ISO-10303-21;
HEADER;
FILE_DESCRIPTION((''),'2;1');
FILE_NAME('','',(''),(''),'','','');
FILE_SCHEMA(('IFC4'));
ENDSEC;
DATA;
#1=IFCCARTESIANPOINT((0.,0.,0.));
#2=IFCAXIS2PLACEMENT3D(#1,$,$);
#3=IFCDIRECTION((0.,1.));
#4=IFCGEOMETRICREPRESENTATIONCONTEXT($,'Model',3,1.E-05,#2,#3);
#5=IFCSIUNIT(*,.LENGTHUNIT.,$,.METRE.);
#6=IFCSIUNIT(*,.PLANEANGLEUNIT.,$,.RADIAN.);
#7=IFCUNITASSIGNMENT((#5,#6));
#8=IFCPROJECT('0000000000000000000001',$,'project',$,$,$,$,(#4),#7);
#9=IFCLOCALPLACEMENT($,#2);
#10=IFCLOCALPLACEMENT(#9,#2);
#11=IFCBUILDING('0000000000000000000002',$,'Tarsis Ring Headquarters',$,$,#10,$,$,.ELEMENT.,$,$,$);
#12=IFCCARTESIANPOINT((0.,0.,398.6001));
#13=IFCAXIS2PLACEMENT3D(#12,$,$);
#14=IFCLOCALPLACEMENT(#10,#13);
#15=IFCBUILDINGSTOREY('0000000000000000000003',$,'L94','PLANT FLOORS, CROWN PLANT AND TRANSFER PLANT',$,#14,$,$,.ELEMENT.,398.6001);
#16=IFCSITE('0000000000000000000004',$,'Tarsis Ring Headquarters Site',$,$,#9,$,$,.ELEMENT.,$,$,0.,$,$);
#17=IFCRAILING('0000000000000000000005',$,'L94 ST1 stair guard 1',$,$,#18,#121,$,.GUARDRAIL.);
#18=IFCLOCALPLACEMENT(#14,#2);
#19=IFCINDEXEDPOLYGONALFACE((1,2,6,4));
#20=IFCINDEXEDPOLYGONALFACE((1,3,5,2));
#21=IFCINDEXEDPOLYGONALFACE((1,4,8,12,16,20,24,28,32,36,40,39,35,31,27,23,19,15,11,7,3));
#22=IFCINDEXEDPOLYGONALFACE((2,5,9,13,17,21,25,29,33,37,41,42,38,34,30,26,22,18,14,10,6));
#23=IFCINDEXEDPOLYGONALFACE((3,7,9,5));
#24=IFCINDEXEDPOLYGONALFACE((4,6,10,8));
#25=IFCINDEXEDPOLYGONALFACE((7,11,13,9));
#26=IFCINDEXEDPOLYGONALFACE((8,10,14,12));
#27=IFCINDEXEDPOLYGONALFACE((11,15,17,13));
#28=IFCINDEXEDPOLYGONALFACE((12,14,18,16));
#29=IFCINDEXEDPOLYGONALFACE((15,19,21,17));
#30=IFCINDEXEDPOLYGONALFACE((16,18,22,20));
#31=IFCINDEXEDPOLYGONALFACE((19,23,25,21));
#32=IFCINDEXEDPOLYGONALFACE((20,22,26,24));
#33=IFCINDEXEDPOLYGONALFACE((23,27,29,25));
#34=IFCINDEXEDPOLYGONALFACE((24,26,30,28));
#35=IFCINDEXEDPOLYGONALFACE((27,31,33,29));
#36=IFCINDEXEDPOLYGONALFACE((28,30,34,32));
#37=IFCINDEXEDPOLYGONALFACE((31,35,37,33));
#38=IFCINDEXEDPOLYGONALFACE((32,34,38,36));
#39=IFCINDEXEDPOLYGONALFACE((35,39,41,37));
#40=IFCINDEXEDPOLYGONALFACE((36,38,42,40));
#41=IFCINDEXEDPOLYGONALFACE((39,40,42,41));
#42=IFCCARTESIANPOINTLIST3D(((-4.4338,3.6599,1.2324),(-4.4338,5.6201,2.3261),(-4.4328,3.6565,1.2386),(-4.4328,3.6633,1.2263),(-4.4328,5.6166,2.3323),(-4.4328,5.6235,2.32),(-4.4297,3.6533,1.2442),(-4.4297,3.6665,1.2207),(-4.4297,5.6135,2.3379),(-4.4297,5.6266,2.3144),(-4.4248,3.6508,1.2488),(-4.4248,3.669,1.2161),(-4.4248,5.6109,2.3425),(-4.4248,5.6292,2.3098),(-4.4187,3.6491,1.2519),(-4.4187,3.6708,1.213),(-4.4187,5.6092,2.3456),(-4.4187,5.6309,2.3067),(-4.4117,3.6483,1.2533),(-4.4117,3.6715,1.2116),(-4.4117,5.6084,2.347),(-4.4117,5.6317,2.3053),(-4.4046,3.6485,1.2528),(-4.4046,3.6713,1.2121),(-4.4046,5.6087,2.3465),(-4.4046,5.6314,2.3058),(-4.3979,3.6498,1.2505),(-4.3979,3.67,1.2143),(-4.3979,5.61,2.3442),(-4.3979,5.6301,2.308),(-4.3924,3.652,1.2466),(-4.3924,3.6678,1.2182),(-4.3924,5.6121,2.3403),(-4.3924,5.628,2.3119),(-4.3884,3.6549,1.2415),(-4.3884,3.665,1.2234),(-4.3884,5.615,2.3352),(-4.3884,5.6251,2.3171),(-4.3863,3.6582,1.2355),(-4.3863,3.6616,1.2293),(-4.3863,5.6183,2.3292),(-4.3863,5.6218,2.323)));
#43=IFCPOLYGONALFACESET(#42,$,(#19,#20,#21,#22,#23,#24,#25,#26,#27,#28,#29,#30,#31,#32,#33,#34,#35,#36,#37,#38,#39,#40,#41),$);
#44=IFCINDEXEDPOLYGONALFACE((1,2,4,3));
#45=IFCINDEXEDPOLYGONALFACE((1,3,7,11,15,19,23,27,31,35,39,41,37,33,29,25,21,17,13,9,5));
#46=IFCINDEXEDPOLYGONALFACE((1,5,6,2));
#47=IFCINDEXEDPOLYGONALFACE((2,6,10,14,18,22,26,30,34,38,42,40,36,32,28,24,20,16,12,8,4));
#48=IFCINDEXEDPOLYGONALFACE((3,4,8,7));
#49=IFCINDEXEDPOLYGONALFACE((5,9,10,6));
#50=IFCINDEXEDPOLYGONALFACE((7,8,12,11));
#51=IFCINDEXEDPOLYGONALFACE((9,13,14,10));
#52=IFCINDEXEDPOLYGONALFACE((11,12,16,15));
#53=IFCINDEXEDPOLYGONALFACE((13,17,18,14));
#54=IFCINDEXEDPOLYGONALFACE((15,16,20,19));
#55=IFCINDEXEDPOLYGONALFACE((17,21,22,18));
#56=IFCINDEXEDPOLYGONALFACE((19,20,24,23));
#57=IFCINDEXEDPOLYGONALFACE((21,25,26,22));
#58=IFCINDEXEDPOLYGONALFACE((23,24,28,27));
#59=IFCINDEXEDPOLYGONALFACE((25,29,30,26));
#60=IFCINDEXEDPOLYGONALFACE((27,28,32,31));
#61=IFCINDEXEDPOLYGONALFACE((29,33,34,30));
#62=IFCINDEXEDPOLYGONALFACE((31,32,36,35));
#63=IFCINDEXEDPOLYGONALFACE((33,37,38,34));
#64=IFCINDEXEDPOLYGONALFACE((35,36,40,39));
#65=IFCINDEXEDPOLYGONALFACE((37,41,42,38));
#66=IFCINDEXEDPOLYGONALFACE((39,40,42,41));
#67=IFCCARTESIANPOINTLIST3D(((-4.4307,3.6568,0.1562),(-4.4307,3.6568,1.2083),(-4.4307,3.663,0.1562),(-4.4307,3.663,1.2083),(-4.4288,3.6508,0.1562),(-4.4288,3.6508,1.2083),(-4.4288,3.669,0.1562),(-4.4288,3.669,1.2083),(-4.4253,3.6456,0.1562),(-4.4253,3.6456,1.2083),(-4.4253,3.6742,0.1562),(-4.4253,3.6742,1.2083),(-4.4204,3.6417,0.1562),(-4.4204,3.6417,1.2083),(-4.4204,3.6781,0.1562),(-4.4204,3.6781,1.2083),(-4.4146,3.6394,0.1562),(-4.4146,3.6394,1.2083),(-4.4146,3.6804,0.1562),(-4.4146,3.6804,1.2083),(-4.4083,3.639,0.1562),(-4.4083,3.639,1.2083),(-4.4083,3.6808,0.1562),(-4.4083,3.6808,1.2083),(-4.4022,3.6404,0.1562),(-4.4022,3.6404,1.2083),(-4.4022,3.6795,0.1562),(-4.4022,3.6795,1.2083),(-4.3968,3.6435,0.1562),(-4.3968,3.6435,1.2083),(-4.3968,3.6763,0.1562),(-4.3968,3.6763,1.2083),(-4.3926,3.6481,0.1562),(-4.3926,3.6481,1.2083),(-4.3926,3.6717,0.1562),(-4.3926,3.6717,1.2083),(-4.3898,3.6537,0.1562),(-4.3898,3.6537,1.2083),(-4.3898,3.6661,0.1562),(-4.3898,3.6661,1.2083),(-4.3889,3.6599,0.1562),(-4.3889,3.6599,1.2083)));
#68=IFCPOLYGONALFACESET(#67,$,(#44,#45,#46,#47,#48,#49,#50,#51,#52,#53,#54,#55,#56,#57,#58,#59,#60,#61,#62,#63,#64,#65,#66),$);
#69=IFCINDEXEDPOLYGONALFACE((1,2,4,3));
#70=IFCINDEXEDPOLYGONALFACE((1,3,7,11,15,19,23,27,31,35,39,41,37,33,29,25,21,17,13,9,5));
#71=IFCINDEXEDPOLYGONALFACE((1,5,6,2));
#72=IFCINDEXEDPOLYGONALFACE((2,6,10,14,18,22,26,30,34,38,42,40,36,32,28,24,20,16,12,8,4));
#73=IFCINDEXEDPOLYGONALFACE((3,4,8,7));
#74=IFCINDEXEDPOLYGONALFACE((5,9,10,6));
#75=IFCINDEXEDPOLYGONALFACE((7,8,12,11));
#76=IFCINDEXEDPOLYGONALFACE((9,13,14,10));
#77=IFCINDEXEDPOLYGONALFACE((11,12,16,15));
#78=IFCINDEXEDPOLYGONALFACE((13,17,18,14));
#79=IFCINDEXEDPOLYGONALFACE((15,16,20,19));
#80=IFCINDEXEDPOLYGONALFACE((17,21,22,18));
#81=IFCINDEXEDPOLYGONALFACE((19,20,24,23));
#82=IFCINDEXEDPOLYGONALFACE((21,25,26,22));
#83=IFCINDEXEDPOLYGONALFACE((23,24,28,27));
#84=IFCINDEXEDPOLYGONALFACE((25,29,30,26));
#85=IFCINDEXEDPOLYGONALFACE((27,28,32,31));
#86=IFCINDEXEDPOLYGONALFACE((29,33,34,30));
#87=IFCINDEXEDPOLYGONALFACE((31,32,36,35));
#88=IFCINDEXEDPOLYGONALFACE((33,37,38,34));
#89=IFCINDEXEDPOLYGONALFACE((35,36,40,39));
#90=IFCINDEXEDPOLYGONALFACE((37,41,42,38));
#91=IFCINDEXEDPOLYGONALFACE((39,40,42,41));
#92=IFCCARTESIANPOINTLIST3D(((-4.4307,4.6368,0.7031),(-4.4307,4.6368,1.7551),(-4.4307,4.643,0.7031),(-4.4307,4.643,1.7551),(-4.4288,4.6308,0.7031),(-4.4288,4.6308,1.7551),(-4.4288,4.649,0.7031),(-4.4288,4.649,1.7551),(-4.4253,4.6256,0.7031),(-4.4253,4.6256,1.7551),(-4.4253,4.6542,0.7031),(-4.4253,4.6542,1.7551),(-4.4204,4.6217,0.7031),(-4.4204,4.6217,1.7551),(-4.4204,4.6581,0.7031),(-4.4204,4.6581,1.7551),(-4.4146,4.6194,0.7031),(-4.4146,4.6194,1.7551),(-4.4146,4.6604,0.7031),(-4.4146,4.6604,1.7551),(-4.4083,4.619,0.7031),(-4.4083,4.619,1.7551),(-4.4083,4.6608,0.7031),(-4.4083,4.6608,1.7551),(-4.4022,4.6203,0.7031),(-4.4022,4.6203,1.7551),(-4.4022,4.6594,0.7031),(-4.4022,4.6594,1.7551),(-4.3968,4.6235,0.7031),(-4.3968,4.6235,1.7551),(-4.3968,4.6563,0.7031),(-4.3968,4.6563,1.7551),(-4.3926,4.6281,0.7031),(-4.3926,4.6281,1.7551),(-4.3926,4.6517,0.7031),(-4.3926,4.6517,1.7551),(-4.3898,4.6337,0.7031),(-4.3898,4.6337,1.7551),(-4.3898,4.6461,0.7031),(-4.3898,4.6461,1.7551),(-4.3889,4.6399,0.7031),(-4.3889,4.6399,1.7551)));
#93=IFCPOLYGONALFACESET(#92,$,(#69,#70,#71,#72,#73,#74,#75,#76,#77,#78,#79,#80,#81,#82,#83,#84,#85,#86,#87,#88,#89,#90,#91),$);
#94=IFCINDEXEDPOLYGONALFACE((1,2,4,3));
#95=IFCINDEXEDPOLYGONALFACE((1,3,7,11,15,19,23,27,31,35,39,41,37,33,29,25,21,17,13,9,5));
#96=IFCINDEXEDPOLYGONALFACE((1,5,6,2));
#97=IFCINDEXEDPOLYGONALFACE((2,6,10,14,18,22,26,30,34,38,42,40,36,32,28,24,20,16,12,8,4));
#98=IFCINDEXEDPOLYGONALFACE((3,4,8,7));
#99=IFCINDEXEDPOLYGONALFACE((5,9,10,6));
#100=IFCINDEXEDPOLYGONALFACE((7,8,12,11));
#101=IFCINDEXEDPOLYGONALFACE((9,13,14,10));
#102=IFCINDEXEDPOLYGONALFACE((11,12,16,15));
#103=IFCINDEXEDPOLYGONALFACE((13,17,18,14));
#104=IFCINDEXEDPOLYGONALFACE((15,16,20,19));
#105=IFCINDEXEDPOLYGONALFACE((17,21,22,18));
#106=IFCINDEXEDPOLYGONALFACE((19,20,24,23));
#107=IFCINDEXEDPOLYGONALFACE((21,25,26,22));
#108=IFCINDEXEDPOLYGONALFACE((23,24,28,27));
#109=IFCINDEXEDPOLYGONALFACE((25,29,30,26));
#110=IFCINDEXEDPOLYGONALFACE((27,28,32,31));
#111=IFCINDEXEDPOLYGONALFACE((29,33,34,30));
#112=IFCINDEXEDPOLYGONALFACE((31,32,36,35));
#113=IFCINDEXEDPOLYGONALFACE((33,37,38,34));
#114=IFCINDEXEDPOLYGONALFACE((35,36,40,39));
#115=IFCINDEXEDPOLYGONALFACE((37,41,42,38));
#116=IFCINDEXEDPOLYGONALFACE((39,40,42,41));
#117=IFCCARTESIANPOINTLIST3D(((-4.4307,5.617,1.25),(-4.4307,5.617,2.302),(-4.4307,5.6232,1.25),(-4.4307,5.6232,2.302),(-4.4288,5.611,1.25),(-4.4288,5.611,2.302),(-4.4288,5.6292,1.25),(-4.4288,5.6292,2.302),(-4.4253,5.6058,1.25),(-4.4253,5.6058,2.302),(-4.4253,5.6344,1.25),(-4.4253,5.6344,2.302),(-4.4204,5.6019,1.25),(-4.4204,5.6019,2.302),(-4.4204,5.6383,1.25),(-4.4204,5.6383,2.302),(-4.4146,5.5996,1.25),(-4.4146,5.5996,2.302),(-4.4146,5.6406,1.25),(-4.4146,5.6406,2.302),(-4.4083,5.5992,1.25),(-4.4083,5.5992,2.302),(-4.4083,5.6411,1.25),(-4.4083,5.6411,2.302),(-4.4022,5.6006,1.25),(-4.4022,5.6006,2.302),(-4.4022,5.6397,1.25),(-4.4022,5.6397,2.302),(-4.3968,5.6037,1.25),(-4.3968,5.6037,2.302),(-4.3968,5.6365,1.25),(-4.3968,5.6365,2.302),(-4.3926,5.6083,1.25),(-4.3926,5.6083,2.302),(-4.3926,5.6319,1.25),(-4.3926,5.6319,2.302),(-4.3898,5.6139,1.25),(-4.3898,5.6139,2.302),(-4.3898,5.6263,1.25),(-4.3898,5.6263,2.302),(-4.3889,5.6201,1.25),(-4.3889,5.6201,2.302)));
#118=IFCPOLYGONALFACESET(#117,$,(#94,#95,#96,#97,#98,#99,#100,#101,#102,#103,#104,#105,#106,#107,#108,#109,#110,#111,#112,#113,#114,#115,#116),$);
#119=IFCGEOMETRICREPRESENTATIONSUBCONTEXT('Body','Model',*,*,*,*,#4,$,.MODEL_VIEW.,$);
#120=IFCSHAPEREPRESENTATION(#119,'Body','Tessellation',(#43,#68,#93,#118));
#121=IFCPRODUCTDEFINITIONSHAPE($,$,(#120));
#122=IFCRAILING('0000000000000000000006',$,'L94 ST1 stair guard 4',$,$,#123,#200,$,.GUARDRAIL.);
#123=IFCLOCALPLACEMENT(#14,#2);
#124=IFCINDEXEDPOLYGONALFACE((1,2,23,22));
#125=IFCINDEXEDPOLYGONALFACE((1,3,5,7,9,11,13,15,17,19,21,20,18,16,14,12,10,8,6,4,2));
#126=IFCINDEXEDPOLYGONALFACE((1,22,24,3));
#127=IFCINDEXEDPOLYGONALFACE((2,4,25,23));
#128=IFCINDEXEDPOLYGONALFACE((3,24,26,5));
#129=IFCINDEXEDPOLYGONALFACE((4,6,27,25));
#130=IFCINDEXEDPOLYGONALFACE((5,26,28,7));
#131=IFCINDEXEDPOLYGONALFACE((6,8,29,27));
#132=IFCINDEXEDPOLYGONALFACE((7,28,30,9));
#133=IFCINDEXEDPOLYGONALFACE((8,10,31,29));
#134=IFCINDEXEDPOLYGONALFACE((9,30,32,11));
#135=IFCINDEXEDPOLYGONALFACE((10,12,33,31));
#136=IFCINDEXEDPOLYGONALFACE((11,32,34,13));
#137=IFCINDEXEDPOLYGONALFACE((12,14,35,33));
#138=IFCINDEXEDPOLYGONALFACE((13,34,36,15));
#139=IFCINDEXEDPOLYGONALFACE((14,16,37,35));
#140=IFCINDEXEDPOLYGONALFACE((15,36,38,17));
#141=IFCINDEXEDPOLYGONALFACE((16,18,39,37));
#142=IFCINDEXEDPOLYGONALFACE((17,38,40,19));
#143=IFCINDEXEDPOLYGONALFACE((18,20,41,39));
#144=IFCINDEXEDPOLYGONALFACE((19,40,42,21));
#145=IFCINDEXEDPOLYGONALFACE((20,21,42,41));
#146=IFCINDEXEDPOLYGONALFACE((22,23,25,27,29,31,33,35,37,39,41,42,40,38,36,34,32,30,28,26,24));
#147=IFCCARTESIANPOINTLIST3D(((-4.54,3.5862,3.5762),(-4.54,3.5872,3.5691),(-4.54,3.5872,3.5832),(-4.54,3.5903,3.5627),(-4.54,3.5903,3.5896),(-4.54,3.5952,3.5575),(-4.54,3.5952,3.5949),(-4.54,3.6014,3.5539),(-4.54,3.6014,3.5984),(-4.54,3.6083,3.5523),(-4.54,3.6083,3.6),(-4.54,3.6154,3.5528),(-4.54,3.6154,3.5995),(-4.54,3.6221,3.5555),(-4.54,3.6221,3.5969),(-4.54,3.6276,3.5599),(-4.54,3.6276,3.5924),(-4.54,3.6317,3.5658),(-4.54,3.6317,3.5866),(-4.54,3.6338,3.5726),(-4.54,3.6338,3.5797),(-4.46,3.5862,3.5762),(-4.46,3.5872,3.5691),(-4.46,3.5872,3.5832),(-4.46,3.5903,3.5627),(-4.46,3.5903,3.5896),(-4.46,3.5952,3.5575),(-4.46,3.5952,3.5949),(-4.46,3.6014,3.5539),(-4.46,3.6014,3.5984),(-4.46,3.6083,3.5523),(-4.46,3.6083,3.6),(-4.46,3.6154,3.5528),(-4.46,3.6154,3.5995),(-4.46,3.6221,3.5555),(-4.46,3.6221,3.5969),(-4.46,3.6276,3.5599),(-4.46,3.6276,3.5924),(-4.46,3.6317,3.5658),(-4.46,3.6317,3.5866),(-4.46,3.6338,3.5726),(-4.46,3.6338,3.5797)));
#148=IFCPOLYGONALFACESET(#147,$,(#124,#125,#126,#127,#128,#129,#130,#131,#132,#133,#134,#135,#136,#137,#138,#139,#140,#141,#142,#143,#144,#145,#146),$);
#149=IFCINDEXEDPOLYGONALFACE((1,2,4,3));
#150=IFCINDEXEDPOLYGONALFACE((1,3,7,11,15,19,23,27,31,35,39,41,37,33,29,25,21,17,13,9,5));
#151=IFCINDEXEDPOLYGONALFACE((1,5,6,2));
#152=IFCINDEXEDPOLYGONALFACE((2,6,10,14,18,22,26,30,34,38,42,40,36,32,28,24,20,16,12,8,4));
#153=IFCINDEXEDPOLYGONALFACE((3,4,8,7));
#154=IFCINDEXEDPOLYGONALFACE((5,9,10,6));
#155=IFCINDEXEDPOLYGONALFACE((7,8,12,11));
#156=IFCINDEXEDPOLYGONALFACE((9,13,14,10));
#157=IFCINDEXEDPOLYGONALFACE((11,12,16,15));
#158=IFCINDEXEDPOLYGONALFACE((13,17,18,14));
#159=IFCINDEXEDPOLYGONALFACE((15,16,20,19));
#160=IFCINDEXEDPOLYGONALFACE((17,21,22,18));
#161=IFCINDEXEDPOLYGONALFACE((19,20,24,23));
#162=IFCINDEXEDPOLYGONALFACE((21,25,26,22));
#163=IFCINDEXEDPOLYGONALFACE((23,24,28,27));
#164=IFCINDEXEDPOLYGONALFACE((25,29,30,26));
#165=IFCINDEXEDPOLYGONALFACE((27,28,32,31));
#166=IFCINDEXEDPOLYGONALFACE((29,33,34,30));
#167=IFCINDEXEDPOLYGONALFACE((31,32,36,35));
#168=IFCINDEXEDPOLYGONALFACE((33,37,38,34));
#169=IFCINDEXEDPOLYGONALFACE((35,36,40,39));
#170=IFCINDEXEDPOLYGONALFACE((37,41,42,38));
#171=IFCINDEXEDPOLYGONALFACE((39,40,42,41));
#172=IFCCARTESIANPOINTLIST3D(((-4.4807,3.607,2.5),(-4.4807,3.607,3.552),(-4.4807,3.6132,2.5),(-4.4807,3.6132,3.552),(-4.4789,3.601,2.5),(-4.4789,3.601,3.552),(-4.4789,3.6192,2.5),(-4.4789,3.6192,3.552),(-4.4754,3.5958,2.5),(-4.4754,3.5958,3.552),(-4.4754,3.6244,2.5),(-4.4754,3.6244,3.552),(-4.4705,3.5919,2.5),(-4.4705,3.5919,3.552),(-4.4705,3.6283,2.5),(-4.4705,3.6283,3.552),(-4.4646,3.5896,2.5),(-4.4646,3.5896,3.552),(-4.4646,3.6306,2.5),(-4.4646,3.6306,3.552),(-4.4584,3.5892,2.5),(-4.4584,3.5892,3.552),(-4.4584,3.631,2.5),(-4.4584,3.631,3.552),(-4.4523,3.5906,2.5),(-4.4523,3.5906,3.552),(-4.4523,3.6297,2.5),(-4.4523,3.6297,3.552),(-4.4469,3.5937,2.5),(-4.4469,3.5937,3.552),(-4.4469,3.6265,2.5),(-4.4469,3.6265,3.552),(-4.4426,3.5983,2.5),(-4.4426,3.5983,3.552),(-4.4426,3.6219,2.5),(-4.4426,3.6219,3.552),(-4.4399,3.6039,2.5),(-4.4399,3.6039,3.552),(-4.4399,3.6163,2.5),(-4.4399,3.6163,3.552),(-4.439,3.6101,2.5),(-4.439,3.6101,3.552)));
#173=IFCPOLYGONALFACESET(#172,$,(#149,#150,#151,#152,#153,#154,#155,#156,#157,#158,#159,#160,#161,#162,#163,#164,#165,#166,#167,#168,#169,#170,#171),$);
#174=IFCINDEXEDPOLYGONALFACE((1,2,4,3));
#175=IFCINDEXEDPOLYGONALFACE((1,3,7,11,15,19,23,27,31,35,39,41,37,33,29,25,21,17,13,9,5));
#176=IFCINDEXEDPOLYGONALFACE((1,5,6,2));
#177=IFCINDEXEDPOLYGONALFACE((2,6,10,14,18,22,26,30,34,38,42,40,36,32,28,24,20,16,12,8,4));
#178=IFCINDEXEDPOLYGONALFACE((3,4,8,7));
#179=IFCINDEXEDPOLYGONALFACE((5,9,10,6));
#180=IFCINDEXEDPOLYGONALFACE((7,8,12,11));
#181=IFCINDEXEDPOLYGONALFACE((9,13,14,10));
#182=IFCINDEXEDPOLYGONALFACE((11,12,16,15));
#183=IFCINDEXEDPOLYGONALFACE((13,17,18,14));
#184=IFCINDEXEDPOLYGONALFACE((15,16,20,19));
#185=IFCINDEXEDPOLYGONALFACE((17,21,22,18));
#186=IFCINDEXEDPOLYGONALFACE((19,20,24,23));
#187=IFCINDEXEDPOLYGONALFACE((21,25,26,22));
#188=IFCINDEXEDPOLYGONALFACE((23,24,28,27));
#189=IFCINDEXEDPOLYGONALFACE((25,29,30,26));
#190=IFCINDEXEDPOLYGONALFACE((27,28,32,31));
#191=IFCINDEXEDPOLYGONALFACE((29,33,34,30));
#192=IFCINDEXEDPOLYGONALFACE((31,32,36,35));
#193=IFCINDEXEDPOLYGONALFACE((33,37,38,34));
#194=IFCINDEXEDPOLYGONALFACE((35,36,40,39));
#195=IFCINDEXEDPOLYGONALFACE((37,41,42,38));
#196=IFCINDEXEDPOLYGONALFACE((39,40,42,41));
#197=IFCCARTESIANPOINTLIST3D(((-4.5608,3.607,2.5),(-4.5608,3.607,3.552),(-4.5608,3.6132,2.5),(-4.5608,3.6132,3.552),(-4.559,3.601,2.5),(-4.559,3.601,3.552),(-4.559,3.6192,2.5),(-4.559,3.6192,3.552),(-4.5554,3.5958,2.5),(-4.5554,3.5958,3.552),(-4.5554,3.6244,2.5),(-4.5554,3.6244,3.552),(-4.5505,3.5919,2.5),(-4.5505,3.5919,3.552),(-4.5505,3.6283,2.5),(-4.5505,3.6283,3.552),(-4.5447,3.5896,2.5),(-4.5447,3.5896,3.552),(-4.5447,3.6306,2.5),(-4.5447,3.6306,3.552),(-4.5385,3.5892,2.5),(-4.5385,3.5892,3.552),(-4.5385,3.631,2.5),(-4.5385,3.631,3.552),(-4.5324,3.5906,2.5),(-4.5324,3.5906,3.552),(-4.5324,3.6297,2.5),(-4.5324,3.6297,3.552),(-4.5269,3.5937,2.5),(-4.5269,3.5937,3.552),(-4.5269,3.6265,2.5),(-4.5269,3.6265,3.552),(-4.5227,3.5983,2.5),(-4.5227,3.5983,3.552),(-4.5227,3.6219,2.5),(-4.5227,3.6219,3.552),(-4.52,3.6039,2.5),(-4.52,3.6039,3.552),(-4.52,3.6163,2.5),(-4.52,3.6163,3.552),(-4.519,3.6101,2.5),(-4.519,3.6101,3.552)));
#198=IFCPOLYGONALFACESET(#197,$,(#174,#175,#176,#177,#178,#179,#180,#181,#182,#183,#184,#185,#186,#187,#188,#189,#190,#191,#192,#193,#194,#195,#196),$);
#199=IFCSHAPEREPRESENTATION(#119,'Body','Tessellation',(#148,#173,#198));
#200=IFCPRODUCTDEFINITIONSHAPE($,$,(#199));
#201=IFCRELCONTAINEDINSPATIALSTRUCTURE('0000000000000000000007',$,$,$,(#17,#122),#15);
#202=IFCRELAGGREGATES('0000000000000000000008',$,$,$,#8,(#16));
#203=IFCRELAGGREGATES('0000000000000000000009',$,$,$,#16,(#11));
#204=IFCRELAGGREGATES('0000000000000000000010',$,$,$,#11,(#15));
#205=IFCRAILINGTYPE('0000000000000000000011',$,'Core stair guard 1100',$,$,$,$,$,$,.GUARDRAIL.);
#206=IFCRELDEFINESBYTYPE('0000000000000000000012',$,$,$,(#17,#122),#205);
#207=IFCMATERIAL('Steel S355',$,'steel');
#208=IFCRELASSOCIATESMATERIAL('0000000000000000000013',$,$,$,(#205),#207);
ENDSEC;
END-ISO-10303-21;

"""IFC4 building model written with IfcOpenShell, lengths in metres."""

from ifc_helpers import new_model, si_unit, direction, frame, origin, origin_2d, place, context, subcontext, project, spatial, circle, extrude, material, type_object, element, save


model = new_model("IFC4")

# Units and contexts
model_context = context("Model", 3, precision=1e-05, world=origin(), true_north=direction((0.0, 1.0)))
body_context = subcontext(model_context, "Body", "Model", "MODEL_VIEW")
ifc_project = project(units=[si_unit("LENGTHUNIT", "METRE"), si_unit("PLANEANGLEUNIT", "RADIAN")], contexts=[model_context])

# Site, building, storey
site_placement = place(None, origin())
site = spatial("IfcSite", under=ifc_project, at=site_placement, Name="Tarsis Ring Headquarters Site", CompositionType="ELEMENT", RefElevation=0.0)
building_placement = place(site_placement, origin())
building = spatial("IfcBuilding", under=site, at=building_placement, Name="Tarsis Ring Headquarters", CompositionType="ELEMENT")
storey_placement = place(building_placement, frame((0.0, 0.0, 398.6001)))
storey = spatial("IfcBuildingStorey", under=building, at=storey_placement, Name="L94", Description="PLANT FLOORS, CROWN PLANT AND TRANSFER PLANT", CompositionType="ELEMENT", Elevation=398.6001)

# Shared definitions
ifc_material_1 = material(Name="Steel S355", Category="steel")

# Railings
railing_type_1 = type_object("IfcRailingType", Name="Core stair guard 1100", PredefinedType="GUARDRAIL", material=ifc_material_1)
railing_1_placement = place(storey_placement, frame((-4.4099, 3.6599, 0.1562)))
element("IfcRailing", 1, at=railing_1_placement, inside=storey, type_object=railing_type_1, Name="L94 ST1 stair guard 1", PredefinedType="GUARDRAIL", context=body_context, shape_type="SweptSolid", body=[
    extrude(circle(Radius=0.0239, at=origin_2d()), frame((0.0, 0.0, 1.0762), z_axis=(0.0, 0.873258, 0.487258), x_axis=(-1.0, 0.0, 0.0)), (0.0, 0.0, 1.0), 2.2446),
    extrude(circle(Radius=0.021, at=origin_2d()), origin(), (0.0, 0.0, 1.0), 1.052),
    extrude(circle(Radius=0.021, at=origin_2d()), frame((0.0, 0.98, 0.5469)), (0.0, 0.0, 1.0), 1.052),
    extrude(circle(Radius=0.021, at=origin_2d()), frame((0.0, 1.9602, 1.0938)), (0.0, 0.0, 1.0), 1.052),
])
railing_2_placement = place(storey_placement, frame((-4.46, 3.6101, 2.5)))
element("IfcRailing", 2, at=railing_2_placement, inside=storey, type_object=railing_type_1, Name="L94 ST1 stair guard 4", PredefinedType="GUARDRAIL", context=body_context, shape_type="SweptSolid", body=[
    extrude(circle(Radius=0.0239, at=origin_2d()), frame((0.0, 0.0, 1.0762), z_axis=(-1.0, 0.0, 0.0), x_axis=(0.0, -1.0, 0.0)), (0.0, 0.0, 1.0), 0.0801),
    extrude(circle(Radius=0.021, at=origin_2d()), origin(), (0.0, 0.0, 1.0), 1.052),
    extrude(circle(Radius=0.021, at=origin_2d()), frame((-0.0801, 0.0, 0.0)), (0.0, 0.0, 1.0), 1.052),
])

save(model, "model.ifc")
